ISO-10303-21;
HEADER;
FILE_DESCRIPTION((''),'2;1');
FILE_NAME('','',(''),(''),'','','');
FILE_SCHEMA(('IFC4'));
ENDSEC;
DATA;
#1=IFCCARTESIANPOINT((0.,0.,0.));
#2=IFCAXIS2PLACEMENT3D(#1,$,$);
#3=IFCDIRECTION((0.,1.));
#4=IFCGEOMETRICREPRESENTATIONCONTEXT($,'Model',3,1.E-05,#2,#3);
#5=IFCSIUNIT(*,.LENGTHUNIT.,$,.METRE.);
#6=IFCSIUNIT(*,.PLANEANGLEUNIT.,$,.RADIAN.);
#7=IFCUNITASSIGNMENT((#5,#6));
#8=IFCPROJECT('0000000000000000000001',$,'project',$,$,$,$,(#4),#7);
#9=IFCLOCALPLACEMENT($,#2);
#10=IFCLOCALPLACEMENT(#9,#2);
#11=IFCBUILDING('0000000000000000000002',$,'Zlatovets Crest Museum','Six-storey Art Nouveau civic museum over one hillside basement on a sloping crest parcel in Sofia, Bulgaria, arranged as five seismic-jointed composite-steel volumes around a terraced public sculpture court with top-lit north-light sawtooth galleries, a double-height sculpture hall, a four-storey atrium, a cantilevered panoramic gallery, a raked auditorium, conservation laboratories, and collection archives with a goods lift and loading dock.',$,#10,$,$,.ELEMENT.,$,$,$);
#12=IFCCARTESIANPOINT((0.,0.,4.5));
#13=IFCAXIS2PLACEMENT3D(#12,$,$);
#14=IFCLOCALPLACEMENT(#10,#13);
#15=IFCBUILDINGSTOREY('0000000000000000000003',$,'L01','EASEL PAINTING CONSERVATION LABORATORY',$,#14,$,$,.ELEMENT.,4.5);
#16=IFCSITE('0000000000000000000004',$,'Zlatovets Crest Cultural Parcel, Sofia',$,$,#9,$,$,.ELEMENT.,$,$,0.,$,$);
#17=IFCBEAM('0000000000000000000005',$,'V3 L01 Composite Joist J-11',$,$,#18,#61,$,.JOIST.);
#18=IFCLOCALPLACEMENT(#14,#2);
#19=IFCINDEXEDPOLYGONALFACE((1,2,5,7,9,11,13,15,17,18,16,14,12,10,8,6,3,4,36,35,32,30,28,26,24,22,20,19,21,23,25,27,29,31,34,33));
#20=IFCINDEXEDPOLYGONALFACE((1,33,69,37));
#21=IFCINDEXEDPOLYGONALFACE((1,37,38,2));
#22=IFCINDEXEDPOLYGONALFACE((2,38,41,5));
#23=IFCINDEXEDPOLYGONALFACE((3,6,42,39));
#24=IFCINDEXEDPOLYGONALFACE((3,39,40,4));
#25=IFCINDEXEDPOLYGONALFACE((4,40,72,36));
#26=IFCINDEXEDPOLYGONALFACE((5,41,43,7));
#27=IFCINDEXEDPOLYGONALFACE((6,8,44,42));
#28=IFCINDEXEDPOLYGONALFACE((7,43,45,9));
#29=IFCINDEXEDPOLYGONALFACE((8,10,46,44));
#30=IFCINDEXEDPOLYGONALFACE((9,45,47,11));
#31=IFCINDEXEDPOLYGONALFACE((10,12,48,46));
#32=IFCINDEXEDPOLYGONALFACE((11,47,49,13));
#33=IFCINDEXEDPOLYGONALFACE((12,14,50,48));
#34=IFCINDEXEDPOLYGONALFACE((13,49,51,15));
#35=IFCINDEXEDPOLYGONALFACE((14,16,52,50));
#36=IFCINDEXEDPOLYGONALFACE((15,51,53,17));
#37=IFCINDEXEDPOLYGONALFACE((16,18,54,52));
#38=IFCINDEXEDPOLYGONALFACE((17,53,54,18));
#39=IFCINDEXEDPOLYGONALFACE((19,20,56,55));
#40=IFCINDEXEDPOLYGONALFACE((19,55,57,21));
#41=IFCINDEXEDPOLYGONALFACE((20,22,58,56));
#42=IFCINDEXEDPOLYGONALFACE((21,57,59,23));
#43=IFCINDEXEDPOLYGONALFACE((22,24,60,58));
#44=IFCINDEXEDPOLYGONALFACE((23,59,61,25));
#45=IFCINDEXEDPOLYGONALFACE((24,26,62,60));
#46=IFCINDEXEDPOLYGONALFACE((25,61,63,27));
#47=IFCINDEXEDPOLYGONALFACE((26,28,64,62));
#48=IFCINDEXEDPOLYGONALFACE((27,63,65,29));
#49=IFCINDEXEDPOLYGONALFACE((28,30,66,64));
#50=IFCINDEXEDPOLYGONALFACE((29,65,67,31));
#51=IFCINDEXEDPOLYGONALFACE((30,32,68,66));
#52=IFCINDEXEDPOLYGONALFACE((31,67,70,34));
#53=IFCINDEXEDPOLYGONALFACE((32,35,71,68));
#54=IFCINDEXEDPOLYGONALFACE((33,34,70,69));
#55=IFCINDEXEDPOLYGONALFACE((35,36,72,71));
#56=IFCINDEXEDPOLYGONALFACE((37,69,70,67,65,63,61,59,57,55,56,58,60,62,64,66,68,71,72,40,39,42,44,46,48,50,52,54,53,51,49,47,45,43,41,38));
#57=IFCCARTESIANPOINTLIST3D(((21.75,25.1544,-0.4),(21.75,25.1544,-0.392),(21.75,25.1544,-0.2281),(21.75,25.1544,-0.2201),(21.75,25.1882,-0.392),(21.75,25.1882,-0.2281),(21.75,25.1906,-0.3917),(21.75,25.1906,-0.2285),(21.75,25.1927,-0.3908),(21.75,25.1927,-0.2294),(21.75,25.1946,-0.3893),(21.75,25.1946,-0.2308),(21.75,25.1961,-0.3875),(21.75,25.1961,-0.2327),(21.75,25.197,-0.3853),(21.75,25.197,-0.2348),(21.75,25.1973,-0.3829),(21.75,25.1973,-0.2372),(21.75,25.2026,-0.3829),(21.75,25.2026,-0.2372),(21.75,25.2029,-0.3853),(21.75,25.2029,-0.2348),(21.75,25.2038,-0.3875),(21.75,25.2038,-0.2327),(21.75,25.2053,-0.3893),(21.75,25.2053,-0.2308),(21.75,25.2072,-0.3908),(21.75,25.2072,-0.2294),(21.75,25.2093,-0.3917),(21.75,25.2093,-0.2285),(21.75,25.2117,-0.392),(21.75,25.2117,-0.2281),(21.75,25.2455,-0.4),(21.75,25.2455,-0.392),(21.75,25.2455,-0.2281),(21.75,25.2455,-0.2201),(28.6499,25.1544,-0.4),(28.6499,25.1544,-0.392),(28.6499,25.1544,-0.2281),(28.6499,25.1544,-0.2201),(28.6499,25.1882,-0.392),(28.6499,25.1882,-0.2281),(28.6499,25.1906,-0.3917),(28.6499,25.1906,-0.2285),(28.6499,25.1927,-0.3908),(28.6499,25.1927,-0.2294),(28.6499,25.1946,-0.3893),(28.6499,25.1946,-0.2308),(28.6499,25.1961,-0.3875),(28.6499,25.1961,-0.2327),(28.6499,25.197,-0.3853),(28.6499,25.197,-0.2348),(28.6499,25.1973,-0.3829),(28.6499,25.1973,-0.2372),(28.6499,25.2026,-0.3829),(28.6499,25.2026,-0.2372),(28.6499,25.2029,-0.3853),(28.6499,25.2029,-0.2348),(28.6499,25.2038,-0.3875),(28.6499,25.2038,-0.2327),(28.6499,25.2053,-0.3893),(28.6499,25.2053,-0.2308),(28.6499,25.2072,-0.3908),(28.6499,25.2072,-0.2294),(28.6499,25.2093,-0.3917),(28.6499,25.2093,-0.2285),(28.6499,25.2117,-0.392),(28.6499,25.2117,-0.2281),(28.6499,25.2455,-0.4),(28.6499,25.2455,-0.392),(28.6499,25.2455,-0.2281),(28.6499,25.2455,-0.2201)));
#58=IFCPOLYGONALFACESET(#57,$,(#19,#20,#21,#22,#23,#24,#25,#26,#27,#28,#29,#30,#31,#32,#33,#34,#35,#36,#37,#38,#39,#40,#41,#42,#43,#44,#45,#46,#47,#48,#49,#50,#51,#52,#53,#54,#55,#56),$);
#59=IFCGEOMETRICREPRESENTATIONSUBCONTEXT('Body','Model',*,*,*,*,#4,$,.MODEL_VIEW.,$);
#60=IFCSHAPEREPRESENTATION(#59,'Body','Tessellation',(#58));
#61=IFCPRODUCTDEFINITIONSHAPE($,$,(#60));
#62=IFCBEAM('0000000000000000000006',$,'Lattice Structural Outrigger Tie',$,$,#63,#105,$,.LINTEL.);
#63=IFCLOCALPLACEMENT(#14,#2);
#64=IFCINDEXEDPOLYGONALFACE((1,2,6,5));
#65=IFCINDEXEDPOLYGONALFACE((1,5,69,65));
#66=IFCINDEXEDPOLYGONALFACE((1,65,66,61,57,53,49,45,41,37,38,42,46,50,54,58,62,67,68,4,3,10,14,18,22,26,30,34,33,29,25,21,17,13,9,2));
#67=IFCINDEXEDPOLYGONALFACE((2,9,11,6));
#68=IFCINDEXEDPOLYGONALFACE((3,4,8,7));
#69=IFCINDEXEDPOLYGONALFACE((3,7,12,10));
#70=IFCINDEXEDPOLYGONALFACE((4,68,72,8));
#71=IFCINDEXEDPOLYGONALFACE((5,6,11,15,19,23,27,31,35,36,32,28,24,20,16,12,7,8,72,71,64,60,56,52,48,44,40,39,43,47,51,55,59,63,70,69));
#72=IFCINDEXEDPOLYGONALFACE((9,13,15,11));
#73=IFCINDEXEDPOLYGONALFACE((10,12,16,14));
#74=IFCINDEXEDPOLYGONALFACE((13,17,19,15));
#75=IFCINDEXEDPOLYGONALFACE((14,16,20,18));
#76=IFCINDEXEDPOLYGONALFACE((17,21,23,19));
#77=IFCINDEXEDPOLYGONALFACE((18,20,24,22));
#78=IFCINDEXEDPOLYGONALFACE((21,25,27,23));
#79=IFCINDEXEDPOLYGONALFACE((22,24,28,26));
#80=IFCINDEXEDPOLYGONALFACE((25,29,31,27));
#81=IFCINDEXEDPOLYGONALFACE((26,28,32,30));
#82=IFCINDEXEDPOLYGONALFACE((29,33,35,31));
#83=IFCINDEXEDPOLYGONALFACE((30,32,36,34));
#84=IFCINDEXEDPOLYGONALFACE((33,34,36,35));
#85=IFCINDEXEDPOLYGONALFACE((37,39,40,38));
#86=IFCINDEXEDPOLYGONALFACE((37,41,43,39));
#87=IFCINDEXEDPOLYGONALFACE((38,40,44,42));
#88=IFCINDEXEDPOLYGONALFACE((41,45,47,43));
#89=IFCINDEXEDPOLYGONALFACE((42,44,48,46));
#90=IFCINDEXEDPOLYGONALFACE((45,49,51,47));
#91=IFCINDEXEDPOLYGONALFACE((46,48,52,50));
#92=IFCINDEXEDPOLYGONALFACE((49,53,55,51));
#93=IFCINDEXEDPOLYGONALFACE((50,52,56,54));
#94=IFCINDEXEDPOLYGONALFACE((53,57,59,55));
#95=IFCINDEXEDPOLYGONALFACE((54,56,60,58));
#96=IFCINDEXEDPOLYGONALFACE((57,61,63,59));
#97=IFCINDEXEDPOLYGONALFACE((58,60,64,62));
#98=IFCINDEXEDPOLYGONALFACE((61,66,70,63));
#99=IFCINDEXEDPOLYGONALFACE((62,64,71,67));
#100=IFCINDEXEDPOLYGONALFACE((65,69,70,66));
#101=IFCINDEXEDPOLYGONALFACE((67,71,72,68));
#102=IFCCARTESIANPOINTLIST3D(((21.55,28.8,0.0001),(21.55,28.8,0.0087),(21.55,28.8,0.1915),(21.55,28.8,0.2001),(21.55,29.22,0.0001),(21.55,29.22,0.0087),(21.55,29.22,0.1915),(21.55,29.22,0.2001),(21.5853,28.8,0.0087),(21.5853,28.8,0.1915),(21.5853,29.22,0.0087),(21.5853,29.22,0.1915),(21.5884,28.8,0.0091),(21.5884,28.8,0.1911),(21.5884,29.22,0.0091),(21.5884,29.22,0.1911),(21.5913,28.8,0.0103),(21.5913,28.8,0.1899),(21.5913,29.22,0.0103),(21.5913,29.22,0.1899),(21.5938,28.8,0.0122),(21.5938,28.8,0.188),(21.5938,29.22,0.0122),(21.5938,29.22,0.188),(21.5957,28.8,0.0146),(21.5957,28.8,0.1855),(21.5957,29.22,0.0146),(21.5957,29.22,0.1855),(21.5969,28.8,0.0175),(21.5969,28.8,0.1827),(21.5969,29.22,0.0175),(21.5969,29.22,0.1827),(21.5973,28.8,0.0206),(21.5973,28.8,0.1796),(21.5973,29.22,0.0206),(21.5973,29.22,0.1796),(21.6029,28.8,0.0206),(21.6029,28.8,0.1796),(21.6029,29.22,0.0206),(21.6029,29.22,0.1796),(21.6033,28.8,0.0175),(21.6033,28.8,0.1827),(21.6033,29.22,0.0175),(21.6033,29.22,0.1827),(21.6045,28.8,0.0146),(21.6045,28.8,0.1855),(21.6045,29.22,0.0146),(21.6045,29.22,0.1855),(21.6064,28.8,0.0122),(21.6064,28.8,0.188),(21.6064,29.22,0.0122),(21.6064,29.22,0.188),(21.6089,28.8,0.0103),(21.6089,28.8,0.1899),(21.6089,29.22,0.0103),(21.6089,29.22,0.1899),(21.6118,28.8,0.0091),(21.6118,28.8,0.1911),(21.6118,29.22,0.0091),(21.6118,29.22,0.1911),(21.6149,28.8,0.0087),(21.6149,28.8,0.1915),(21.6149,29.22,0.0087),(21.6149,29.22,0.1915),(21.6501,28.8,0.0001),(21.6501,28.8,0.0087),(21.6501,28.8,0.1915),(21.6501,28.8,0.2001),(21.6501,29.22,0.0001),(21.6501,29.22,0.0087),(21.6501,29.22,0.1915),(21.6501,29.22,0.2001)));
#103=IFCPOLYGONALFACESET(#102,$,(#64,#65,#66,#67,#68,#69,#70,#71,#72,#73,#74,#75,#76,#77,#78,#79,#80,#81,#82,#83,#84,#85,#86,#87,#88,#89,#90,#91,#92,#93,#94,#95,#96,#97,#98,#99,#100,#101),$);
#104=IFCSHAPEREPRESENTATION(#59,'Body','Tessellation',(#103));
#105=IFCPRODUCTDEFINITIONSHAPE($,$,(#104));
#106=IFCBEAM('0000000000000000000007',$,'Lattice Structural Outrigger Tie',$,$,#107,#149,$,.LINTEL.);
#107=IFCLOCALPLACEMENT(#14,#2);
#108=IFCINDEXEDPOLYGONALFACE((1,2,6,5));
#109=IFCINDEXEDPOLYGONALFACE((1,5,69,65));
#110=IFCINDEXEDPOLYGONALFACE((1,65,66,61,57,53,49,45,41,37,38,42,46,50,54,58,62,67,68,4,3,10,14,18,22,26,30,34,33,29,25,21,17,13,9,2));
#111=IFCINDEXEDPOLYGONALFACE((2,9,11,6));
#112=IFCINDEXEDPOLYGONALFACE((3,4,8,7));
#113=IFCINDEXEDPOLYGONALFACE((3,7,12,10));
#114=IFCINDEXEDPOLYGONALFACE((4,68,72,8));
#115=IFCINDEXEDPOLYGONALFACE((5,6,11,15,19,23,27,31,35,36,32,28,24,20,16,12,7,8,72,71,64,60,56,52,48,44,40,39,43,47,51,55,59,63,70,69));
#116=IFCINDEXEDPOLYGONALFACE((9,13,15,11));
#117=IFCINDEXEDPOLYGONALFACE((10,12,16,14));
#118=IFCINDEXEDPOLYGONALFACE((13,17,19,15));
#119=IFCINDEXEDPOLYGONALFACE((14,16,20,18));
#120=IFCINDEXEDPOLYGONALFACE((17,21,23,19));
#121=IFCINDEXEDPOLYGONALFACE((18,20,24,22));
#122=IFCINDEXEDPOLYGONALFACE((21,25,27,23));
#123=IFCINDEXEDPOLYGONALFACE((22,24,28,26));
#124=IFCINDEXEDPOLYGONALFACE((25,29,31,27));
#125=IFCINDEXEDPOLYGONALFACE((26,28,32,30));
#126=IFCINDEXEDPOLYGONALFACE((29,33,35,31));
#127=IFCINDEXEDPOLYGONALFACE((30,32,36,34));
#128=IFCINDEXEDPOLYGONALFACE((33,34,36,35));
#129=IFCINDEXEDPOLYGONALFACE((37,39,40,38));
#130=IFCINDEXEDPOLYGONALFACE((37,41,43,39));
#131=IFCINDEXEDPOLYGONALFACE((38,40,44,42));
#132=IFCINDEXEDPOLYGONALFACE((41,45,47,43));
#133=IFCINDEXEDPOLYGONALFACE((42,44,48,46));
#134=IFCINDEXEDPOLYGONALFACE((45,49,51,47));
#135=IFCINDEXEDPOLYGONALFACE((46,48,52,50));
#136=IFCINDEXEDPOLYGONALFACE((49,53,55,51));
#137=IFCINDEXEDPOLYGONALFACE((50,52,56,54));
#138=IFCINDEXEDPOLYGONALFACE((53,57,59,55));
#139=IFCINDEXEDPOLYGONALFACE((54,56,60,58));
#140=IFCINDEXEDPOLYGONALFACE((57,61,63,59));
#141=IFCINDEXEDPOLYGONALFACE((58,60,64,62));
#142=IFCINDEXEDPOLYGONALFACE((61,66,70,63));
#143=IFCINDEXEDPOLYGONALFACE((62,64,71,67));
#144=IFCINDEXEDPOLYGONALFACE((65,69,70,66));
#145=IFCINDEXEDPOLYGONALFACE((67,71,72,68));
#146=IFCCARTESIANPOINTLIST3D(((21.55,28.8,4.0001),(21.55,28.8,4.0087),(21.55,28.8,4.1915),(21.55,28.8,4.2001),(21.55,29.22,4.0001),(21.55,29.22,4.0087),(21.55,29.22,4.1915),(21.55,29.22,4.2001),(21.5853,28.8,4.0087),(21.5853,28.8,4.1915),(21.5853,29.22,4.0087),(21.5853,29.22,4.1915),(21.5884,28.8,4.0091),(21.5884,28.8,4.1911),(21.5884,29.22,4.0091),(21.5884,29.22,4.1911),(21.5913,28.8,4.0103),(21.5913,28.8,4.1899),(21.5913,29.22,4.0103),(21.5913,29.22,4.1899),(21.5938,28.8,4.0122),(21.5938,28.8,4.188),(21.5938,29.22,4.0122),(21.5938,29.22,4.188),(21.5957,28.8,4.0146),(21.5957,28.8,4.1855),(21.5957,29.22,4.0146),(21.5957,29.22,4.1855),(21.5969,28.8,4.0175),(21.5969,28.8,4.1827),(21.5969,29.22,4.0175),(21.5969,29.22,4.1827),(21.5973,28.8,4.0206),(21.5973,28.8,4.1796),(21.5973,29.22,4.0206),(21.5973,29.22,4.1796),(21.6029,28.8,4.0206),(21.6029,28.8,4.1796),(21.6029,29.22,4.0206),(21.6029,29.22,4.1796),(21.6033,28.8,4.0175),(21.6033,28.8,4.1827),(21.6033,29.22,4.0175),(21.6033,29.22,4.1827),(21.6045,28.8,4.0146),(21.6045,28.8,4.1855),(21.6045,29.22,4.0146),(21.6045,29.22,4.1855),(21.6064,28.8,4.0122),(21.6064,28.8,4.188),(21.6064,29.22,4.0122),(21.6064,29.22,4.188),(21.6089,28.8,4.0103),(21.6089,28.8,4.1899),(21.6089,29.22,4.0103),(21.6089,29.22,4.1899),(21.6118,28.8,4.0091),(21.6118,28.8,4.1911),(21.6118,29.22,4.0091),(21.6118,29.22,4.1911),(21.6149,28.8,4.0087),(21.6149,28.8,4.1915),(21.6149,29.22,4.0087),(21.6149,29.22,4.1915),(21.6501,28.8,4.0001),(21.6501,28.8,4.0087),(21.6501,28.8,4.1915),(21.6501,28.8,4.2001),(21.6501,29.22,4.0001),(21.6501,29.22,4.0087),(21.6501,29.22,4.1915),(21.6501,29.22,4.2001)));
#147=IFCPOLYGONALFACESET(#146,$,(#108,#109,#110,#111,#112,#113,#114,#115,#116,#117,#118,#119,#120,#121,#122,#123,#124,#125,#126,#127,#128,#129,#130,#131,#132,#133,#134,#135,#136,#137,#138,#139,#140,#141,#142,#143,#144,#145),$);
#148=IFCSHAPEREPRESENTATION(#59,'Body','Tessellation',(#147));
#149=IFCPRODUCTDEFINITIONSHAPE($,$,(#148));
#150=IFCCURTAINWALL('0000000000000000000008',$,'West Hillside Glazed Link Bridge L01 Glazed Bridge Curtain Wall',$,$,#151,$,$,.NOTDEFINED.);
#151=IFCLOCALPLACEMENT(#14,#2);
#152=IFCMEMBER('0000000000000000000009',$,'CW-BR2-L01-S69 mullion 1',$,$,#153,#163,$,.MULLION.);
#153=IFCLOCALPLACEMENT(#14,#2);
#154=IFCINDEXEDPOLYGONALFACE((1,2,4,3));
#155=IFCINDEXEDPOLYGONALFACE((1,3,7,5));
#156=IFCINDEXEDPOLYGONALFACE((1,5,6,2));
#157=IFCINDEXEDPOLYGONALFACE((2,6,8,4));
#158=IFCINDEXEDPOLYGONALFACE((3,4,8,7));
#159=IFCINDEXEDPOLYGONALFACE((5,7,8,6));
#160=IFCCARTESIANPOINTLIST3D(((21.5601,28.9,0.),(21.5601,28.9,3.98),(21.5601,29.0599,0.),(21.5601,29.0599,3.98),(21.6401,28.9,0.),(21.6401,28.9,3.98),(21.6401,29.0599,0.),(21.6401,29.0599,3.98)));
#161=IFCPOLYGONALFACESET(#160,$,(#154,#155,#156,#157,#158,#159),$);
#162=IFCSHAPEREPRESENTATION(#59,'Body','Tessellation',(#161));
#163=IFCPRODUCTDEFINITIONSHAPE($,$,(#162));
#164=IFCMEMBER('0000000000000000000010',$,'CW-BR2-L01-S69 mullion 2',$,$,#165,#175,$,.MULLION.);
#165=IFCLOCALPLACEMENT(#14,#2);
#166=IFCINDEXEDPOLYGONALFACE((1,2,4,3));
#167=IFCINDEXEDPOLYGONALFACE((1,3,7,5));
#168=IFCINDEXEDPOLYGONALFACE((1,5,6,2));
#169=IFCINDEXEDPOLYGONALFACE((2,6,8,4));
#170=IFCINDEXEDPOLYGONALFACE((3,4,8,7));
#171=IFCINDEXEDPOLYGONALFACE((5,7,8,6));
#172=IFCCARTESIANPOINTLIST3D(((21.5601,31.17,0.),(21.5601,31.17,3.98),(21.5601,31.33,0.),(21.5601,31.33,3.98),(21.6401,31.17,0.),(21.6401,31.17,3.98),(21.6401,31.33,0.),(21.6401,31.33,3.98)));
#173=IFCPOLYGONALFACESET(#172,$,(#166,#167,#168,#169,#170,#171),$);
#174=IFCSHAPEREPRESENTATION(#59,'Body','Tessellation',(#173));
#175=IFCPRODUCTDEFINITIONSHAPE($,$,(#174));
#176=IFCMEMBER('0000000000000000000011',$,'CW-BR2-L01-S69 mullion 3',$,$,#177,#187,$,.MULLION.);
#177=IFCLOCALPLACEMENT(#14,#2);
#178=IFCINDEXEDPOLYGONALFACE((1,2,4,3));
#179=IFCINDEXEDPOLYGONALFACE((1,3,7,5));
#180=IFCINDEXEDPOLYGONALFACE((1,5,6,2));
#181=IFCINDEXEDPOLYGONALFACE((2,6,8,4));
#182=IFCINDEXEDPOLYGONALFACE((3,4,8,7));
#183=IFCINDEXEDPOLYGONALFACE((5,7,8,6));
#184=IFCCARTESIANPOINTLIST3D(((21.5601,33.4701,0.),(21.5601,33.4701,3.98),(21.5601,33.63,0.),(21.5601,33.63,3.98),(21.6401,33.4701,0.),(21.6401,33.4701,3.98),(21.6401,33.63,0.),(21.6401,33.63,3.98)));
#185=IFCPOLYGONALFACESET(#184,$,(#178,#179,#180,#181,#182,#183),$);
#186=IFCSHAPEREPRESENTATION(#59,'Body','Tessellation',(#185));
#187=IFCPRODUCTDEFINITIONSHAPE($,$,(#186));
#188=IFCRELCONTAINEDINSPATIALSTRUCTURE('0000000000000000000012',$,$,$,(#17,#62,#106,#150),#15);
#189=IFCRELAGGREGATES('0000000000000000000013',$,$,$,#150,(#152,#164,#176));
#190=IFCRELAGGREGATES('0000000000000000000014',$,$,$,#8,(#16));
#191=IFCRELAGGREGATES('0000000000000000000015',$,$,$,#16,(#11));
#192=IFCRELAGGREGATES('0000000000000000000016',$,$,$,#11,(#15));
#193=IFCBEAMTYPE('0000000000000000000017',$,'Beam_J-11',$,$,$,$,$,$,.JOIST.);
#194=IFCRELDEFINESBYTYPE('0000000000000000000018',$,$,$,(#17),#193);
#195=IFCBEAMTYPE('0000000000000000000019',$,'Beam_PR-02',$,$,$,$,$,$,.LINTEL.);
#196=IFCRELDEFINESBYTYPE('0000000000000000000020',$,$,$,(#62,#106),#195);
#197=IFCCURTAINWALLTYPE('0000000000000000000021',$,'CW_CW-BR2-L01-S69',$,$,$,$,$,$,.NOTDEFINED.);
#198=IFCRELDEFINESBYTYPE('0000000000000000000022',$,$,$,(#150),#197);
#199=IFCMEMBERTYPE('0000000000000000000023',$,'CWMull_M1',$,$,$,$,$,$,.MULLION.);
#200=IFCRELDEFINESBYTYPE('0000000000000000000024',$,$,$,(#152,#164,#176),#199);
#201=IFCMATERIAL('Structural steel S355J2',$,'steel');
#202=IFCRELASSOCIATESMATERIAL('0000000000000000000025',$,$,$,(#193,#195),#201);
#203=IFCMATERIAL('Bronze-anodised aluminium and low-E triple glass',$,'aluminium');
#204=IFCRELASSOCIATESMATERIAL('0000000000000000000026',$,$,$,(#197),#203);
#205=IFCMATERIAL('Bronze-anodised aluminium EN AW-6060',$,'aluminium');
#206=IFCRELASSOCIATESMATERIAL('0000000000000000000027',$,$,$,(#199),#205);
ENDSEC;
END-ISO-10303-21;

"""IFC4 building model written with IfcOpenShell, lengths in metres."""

from ifc_helpers import new_model, si_unit, direction, frame, origin, origin_2d, place, context, subcontext, project, spatial, rectangle, i_section, extrude, material, material_profile, profile_set, type_object, element, aggregate, save


model = new_model("IFC4")

# Units and contexts
model_context = context("Model", 3, precision=1e-05, world=origin(), true_north=direction((0.0, 1.0)))
body_context = subcontext(model_context, "Body", "Model", "MODEL_VIEW")
ifc_project = project(units=[si_unit("LENGTHUNIT", "METRE"), si_unit("PLANEANGLEUNIT", "RADIAN")], contexts=[model_context])

# Site, building, storey
site_placement = place(None, origin())
site = spatial("IfcSite", under=ifc_project, at=site_placement, Name="Zlatovets Crest Cultural Parcel, Sofia", CompositionType="ELEMENT", RefElevation=0.0)
building_placement = place(site_placement, origin())
building = spatial("IfcBuilding", under=site, at=building_placement, Name="Zlatovets Crest Museum", Description="Six-storey Art Nouveau civic museum over one hillside basement on a sloping crest parcel in Sofia, Bulgaria, arranged as five seismic-jointed composite-steel volumes around a terraced public sculpture court with top-lit north-light sawtooth galleries, a double-height sculpture hall, a four-storey atrium, a cantilevered panoramic gallery, a raked auditorium, conservation laboratories, and collection archives with a goods lift and loading dock.", CompositionType="ELEMENT")
storey_placement = place(building_placement, frame((0.0, 0.0, 4.5)))
storey = spatial("IfcBuildingStorey", under=building, at=storey_placement, Name="L01", Description="EASEL PAINTING CONSERVATION LABORATORY", CompositionType="ELEMENT", Elevation=4.5)

# Shared definitions
ifc_material_1 = material(Name="Structural steel S355J2", Category="steel")

# Beams
ifc_material_profile_1 = material_profile(ifc_material_1, i_section(OverallWidth=0.0911, OverallDepth=0.1799, WebThickness=0.0054, FlangeThickness=0.0081, FilletRadius=0.009, at=origin_2d()), Name="IPE 180")
ifc_profile_set_1 = profile_set([ifc_material_profile_1], Name="Structural steel S355J2")
beam_type_1 = type_object("IfcBeamType", Name="Beam_J-11", PredefinedType="JOIST", material=ifc_profile_set_1)
for number, where, z_axis, x_axis, name in (
    (1, (21.75, 25.2, -0.3101), (1.0, 0.0, 0.0), (0.0, 1.0, 0.0), "V3 L01 Composite Joist J-11"),
):
    element("IfcBeam", number, at=place(storey_placement, frame(where, z_axis=z_axis, x_axis=x_axis)), inside=storey, type_object=beam_type_1, Name=name, PredefinedType="JOIST", context=body_context, shape_type="SweptSolid", body=[
        extrude(i_section(OverallWidth=0.0911, OverallDepth=0.1799, WebThickness=0.0054, FlangeThickness=0.0081, FilletRadius=0.009, at=origin_2d()), origin(), (0.0, 0.0, 1.0), 6.8999),
    ])
ifc_material_profile_2 = material_profile(ifc_material_1, i_section(OverallWidth=0.1001, OverallDepth=0.2, WebThickness=0.0056, FlangeThickness=0.0085, FilletRadius=0.012, at=origin_2d()), Name="IPE 200")
ifc_profile_set_2 = profile_set([ifc_material_profile_2], Name="Structural steel S355J2")
beam_type_2 = type_object("IfcBeamType", Name="Beam_PR-02", PredefinedType="LINTEL", material=ifc_profile_set_2)
for number, where, z_axis, x_axis, name in (
    (2, (21.6001, 28.8, 0.1001), (0.0, 1.0, 0.0), (-1.0, 0.0, 0.0), "Lattice Structural Outrigger Tie"),
    (3, (21.6001, 28.8, 4.1001), (0.0, 1.0, 0.0), (-1.0, 0.0, 0.0), "Lattice Structural Outrigger Tie"),
):
    element("IfcBeam", number, at=place(storey_placement, frame(where, z_axis=z_axis, x_axis=x_axis)), inside=storey, type_object=beam_type_2, Name=name, PredefinedType="LINTEL", context=body_context, shape_type="SweptSolid", body=[
        extrude(i_section(OverallWidth=0.1001, OverallDepth=0.2, WebThickness=0.0056, FlangeThickness=0.0085, FilletRadius=0.012, at=origin_2d()), origin(), (0.0, 0.0, 1.0), 0.4199),
    ])

# Curtain wall, members
ifc_material_2 = material(Name="Bronze-anodised aluminium and low-E triple glass", Category="aluminium")
curtain_wall_type = type_object("IfcCurtainWallType", Name="CW_CW-BR2-L01-S69", PredefinedType="NOTDEFINED", material=ifc_material_2)
curtain_wall_placement = place(storey_placement, origin())
curtain_wall = element("IfcCurtainWall", 4, at=curtain_wall_placement, inside=storey, type_object=curtain_wall_type, Name="West Hillside Glazed Link Bridge L01 Glazed Bridge Curtain Wall", PredefinedType="NOTDEFINED")
ifc_material_3 = material(Name="Bronze-anodised aluminium EN AW-6060", Category="aluminium")
ifc_material_profile_3 = material_profile(ifc_material_3, rectangle(XDim=0.0801, YDim=0.1599, at=origin_2d()), Name="ALU 80x160")
ifc_profile_set_3 = profile_set([ifc_material_profile_3], Name="Bronze-anodised aluminium EN AW-6060")
member_type_1 = type_object("IfcMemberType", Name="CWMull_M1", PredefinedType="MULLION", material=ifc_profile_set_3)
member_1_placement = place(storey_placement, frame((21.6001, 28.98, 0.0), z_axis=(0.0, 0.0, 1.0), x_axis=(-1.0, 0.0, 0.0)))
member_1 = element("IfcMember", 5, at=member_1_placement, type_object=member_type_1, Name="CW-BR2-L01-S69 mullion 1", PredefinedType="MULLION", context=body_context, shape_type="SweptSolid", body=[
    extrude(rectangle(XDim=0.0801, YDim=0.1599, at=origin_2d()), origin(), (0.0, 0.0, 1.0), 3.98),
])
member_2_placement = place(storey_placement, frame((21.6001, 31.25, 0.0), z_axis=(0.0, 0.0, 1.0), x_axis=(-1.0, 0.0, 0.0)))
member_2 = element("IfcMember", 6, at=member_2_placement, type_object=member_type_1, Name="CW-BR2-L01-S69 mullion 2", PredefinedType="MULLION", context=body_context, shape_type="SweptSolid", body=[
    extrude(rectangle(XDim=0.0801, YDim=0.1599, at=origin_2d()), origin(), (0.0, 0.0, 1.0), 3.98),
])
member_3_placement = place(storey_placement, frame((21.6001, 33.55, 0.0), z_axis=(0.0, 0.0, 1.0), x_axis=(-1.0, 0.0, 0.0)))
member_3 = element("IfcMember", 7, at=member_3_placement, type_object=member_type_1, Name="CW-BR2-L01-S69 mullion 3", PredefinedType="MULLION", context=body_context, shape_type="SweptSolid", body=[
    extrude(rectangle(XDim=0.0801, YDim=0.1599, at=origin_2d()), origin(), (0.0, 0.0, 1.0), 3.98),
])

aggregate(curtain_wall, [member_1, member_2, member_3])

save(model, "model.ifc")
